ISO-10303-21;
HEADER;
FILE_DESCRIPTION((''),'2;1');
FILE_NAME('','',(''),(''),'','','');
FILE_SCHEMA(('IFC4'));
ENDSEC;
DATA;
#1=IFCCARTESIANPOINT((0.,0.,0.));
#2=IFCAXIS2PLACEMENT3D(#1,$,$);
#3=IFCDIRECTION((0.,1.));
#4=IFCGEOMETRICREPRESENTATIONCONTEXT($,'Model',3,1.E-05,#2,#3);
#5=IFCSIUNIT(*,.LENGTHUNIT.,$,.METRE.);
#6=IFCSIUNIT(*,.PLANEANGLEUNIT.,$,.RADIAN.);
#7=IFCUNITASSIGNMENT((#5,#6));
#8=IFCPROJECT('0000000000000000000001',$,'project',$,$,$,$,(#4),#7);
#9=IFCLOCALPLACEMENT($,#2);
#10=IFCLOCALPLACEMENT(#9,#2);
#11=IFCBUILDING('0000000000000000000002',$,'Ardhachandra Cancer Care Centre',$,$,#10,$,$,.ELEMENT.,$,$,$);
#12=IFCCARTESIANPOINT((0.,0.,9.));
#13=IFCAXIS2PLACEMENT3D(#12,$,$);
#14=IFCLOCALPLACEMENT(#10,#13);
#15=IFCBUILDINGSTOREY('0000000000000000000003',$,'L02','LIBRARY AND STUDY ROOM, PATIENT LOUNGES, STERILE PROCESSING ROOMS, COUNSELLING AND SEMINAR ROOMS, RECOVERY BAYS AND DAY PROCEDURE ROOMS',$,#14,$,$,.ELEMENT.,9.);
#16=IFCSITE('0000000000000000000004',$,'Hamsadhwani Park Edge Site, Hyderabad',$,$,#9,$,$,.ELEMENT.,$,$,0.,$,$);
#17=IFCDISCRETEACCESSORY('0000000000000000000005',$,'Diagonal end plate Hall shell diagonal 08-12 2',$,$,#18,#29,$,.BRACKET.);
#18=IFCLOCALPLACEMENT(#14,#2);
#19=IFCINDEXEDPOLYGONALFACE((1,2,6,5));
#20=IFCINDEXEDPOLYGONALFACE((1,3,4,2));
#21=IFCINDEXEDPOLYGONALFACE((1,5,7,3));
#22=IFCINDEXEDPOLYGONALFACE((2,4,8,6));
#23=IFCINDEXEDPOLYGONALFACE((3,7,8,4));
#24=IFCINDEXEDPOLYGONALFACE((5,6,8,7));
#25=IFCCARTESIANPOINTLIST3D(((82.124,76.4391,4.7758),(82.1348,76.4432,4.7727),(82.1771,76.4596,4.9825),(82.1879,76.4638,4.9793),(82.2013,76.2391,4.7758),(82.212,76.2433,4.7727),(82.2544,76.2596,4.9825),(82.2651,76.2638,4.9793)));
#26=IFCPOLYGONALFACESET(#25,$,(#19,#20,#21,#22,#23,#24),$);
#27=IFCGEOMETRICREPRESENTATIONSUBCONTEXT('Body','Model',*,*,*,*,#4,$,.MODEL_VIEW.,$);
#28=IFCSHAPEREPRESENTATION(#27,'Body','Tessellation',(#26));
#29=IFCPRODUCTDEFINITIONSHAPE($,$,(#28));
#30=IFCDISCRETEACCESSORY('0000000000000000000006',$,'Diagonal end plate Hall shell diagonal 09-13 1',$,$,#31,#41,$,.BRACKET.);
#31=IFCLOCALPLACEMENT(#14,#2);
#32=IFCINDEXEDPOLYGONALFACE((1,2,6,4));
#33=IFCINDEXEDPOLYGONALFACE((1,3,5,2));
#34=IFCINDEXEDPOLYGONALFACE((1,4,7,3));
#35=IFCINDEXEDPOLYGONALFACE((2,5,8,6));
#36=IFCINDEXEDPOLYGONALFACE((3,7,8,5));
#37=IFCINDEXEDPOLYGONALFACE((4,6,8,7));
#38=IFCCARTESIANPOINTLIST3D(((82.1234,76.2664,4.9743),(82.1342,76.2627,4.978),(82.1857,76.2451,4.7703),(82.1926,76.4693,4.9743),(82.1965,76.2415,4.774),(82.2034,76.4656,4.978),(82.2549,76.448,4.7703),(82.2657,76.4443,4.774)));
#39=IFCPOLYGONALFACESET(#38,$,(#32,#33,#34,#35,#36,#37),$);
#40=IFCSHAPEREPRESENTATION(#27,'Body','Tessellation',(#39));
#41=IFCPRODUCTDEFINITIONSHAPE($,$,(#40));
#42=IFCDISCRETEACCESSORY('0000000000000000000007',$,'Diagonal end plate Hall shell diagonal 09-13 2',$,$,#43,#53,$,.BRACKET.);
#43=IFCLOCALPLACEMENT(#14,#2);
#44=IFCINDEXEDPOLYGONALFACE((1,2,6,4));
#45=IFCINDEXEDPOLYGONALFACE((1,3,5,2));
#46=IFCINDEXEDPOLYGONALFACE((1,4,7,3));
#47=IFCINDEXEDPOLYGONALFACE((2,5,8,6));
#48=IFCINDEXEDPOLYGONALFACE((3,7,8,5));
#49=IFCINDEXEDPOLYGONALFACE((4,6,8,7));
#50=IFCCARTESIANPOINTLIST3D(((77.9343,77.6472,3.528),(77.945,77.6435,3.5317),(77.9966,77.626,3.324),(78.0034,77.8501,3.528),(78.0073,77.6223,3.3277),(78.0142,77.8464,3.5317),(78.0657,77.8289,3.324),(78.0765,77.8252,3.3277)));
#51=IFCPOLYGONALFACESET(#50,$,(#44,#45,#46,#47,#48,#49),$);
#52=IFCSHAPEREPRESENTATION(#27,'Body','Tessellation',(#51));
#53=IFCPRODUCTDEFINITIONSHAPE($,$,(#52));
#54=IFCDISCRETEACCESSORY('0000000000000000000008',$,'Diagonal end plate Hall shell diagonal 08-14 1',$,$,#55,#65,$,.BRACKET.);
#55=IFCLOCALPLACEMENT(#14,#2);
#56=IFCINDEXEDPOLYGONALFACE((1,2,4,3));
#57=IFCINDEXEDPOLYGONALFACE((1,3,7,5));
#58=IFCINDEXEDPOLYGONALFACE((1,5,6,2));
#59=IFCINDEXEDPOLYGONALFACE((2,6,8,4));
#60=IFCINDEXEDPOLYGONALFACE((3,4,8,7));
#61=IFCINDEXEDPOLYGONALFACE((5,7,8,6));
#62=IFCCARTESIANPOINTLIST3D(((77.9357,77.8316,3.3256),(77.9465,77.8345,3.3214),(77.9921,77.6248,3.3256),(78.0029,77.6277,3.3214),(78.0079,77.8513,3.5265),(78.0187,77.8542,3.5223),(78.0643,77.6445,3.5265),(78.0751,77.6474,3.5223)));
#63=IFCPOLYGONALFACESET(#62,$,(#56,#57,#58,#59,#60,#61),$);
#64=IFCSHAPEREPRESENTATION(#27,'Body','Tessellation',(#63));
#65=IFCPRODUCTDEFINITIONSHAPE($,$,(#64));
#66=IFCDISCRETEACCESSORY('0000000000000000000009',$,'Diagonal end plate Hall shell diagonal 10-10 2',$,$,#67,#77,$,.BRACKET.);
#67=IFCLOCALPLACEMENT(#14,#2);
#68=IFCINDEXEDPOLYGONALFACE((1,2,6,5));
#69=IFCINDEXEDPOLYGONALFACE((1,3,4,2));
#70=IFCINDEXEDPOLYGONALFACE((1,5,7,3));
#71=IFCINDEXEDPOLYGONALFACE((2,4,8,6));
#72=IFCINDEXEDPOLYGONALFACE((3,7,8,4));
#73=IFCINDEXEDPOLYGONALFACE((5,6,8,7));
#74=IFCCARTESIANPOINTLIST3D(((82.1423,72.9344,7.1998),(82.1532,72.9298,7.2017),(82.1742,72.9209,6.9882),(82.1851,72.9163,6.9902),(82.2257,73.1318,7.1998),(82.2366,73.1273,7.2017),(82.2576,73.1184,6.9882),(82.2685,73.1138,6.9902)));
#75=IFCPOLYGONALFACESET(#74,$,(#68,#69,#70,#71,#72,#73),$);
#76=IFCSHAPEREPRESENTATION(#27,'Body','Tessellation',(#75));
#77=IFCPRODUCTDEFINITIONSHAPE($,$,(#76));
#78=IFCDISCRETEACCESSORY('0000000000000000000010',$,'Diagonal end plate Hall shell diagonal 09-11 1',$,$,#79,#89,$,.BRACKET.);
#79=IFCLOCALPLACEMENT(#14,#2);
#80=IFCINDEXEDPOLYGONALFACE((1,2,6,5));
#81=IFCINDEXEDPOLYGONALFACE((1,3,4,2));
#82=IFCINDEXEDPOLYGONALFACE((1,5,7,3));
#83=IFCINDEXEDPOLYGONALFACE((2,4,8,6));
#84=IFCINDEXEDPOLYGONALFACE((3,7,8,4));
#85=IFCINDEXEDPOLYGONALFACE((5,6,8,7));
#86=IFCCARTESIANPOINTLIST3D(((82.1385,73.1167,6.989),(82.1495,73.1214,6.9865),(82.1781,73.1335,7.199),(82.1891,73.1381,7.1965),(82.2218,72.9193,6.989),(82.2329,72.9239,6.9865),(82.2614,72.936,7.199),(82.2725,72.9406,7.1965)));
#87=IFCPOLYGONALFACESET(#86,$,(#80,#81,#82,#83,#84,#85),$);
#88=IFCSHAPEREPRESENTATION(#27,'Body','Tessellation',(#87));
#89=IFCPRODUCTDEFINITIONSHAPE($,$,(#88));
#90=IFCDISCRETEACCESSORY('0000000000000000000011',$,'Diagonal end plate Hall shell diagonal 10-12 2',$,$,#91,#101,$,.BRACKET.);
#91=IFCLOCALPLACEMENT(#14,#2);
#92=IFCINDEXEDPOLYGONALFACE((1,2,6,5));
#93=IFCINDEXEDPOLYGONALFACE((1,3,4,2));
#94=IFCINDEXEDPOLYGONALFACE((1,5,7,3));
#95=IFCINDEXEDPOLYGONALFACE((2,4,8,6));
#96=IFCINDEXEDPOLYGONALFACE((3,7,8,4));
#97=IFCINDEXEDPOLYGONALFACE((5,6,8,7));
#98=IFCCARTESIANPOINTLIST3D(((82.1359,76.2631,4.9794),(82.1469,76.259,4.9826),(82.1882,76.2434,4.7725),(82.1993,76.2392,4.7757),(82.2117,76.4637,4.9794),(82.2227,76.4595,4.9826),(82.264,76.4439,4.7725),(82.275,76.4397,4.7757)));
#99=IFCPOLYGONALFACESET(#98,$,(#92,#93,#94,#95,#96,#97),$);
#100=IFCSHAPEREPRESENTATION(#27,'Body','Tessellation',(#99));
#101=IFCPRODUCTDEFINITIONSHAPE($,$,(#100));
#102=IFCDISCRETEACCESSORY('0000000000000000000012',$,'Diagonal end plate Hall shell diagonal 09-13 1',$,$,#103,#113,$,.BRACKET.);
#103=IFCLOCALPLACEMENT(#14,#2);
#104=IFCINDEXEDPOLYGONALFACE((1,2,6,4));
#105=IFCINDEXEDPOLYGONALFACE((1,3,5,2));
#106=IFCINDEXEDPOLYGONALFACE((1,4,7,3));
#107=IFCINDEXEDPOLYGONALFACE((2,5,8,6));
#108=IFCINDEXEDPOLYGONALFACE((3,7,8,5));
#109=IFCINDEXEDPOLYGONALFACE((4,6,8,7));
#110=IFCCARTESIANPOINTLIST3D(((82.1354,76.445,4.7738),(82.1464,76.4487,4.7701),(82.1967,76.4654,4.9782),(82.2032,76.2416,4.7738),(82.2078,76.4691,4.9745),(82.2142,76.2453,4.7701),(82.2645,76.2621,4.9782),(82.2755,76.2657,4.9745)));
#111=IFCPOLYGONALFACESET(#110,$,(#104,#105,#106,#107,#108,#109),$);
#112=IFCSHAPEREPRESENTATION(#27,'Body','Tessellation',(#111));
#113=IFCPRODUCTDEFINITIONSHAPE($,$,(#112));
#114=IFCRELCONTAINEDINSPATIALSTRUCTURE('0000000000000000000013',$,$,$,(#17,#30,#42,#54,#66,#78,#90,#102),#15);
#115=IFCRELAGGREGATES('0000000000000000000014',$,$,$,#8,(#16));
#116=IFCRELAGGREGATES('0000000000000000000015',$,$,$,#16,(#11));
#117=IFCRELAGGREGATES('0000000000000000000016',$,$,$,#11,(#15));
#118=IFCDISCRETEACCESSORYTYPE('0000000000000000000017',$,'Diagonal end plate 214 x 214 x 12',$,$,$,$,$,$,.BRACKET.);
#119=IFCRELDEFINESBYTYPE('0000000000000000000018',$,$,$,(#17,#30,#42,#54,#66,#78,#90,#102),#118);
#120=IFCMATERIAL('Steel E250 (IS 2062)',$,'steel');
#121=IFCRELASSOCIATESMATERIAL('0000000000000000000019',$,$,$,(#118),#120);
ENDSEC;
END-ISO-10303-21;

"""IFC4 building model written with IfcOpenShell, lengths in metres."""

from ifc_helpers import new_model, si_unit, direction, frame, origin, origin_2d, place, context, subcontext, project, spatial, rectangle, extrude, material, material_profile, profile_set, type_object, element, save


model = new_model("IFC4")

# Units and contexts
model_context = context("Model", 3, precision=1e-05, world=origin(), true_north=direction((0.0, 1.0)))
body_context = subcontext(model_context, "Body", "Model", "MODEL_VIEW")
ifc_project = project(units=[si_unit("LENGTHUNIT", "METRE"), si_unit("PLANEANGLEUNIT", "RADIAN")], contexts=[model_context])

# Site, building, storey
site_placement = place(None, origin())
site = spatial("IfcSite", under=ifc_project, at=site_placement, Name="Hamsadhwani Park Edge Site, Hyderabad", CompositionType="ELEMENT", RefElevation=0.0)
building_placement = place(site_placement, origin())
building = spatial("IfcBuilding", under=site, at=building_placement, Name="Ardhachandra Cancer Care Centre", CompositionType="ELEMENT")
storey_placement = place(building_placement, frame((0.0, 0.0, 9.0)))
storey = spatial("IfcBuildingStorey", under=building, at=storey_placement, Name="L02", Description="LIBRARY AND STUDY ROOM, PATIENT LOUNGES, STERILE PROCESSING ROOMS, COUNSELLING AND SEMINAR ROOMS, RECOVERY BAYS AND DAY PROCEDURE ROOMS", CompositionType="ELEMENT", Elevation=9.0)

# Discrete accessories
ifc_material_1 = material(Name="Steel E250 (IS 2062)", Category="steel")
ifc_material_profile_1 = material_profile(ifc_material_1, rectangle(XDim=0.2144, YDim=0.2144, at=origin_2d()), Name="PL 214x214x12")
ifc_profile_set_1 = profile_set([ifc_material_profile_1], Name="Steel E250 (IS 2062)")
discrete_accessory_type = type_object("IfcDiscreteAccessoryType", Name="Diagonal end plate 214 x 214 x 12", PredefinedType="BRACKET", material=ifc_profile_set_1)
for number, where, z_axis, x_axis, name in (
    (1, (82.2, 76.3535, 4.876), (-0.899271, -0.347446, 0.265694), (0.360399, -0.932798, 0.0), "Diagonal end plate Hall shell diagonal 08-12 2"),
    (2, (82.2, 76.3535, 4.876), (-0.900777, 0.307083, -0.307083), (-0.322674, -0.94651, 0.0), "Diagonal end plate Hall shell diagonal 09-13 1"),
    (3, (78.0, 77.738, 3.426), (0.900777, -0.307083, 0.307083), (0.322674, 0.94651, 0.0), "Diagonal end plate Hall shell diagonal 09-13 2"),
    (4, (78.0, 77.738, 3.426), (0.904004, 0.246546, -0.349274), (-0.263117, 0.964764, 0.0), "Diagonal end plate Hall shell diagonal 08-14 1"),
    (5, (82.2, 73.0264, 7.094), (0.909137, -0.383858, 0.161624), (0.388972, 0.92125, 0.0), "Diagonal end plate Hall shell diagonal 10-10 2"),
):
    element("IfcDiscreteAccessory", number, at=place(storey_placement, frame(where, z_axis=z_axis, x_axis=x_axis)), inside=storey, type_object=discrete_accessory_type, Name=name, PredefinedType="BRACKET", context=body_context, shape_type="SweptSolid", body=[
        extrude(rectangle(XDim=0.2144, YDim=0.2144, at=origin_2d()), origin(), (0.0, 0.0, 1.0), 0.012),
    ])
for number, where, z_axis, x_axis, name in (
    (6, (82.2, 73.0264, 7.094), (0.902531, 0.381068, -0.200562), (-0.388972, 0.92125, 0.0), "Diagonal end plate Hall shell diagonal 09-11 1"),
    (7, (82.2, 76.3535, 4.876), (0.903076, -0.341162, 0.260889), (0.353401, 0.935472, 0.0), "Diagonal end plate Hall shell diagonal 10-12 2"),
    (8, (82.2, 76.3535, 4.876), (0.904534, 0.301511, -0.301511), (-0.316228, 0.948683, 0.0), "Diagonal end plate Hall shell diagonal 09-13 1"),
):
    element("IfcDiscreteAccessory", number, at=place(storey_placement, frame(where, z_axis=z_axis, x_axis=x_axis)), inside=storey, type_object=discrete_accessory_type, Name=name, PredefinedType="BRACKET", context=body_context, shape_type="SweptSolid", body=[
        extrude(rectangle(XDim=0.2144, YDim=0.2144, at=origin_2d()), origin(), (0.0, 0.0, 1.0), 0.0122),
    ])

save(model, "model.ifc")
